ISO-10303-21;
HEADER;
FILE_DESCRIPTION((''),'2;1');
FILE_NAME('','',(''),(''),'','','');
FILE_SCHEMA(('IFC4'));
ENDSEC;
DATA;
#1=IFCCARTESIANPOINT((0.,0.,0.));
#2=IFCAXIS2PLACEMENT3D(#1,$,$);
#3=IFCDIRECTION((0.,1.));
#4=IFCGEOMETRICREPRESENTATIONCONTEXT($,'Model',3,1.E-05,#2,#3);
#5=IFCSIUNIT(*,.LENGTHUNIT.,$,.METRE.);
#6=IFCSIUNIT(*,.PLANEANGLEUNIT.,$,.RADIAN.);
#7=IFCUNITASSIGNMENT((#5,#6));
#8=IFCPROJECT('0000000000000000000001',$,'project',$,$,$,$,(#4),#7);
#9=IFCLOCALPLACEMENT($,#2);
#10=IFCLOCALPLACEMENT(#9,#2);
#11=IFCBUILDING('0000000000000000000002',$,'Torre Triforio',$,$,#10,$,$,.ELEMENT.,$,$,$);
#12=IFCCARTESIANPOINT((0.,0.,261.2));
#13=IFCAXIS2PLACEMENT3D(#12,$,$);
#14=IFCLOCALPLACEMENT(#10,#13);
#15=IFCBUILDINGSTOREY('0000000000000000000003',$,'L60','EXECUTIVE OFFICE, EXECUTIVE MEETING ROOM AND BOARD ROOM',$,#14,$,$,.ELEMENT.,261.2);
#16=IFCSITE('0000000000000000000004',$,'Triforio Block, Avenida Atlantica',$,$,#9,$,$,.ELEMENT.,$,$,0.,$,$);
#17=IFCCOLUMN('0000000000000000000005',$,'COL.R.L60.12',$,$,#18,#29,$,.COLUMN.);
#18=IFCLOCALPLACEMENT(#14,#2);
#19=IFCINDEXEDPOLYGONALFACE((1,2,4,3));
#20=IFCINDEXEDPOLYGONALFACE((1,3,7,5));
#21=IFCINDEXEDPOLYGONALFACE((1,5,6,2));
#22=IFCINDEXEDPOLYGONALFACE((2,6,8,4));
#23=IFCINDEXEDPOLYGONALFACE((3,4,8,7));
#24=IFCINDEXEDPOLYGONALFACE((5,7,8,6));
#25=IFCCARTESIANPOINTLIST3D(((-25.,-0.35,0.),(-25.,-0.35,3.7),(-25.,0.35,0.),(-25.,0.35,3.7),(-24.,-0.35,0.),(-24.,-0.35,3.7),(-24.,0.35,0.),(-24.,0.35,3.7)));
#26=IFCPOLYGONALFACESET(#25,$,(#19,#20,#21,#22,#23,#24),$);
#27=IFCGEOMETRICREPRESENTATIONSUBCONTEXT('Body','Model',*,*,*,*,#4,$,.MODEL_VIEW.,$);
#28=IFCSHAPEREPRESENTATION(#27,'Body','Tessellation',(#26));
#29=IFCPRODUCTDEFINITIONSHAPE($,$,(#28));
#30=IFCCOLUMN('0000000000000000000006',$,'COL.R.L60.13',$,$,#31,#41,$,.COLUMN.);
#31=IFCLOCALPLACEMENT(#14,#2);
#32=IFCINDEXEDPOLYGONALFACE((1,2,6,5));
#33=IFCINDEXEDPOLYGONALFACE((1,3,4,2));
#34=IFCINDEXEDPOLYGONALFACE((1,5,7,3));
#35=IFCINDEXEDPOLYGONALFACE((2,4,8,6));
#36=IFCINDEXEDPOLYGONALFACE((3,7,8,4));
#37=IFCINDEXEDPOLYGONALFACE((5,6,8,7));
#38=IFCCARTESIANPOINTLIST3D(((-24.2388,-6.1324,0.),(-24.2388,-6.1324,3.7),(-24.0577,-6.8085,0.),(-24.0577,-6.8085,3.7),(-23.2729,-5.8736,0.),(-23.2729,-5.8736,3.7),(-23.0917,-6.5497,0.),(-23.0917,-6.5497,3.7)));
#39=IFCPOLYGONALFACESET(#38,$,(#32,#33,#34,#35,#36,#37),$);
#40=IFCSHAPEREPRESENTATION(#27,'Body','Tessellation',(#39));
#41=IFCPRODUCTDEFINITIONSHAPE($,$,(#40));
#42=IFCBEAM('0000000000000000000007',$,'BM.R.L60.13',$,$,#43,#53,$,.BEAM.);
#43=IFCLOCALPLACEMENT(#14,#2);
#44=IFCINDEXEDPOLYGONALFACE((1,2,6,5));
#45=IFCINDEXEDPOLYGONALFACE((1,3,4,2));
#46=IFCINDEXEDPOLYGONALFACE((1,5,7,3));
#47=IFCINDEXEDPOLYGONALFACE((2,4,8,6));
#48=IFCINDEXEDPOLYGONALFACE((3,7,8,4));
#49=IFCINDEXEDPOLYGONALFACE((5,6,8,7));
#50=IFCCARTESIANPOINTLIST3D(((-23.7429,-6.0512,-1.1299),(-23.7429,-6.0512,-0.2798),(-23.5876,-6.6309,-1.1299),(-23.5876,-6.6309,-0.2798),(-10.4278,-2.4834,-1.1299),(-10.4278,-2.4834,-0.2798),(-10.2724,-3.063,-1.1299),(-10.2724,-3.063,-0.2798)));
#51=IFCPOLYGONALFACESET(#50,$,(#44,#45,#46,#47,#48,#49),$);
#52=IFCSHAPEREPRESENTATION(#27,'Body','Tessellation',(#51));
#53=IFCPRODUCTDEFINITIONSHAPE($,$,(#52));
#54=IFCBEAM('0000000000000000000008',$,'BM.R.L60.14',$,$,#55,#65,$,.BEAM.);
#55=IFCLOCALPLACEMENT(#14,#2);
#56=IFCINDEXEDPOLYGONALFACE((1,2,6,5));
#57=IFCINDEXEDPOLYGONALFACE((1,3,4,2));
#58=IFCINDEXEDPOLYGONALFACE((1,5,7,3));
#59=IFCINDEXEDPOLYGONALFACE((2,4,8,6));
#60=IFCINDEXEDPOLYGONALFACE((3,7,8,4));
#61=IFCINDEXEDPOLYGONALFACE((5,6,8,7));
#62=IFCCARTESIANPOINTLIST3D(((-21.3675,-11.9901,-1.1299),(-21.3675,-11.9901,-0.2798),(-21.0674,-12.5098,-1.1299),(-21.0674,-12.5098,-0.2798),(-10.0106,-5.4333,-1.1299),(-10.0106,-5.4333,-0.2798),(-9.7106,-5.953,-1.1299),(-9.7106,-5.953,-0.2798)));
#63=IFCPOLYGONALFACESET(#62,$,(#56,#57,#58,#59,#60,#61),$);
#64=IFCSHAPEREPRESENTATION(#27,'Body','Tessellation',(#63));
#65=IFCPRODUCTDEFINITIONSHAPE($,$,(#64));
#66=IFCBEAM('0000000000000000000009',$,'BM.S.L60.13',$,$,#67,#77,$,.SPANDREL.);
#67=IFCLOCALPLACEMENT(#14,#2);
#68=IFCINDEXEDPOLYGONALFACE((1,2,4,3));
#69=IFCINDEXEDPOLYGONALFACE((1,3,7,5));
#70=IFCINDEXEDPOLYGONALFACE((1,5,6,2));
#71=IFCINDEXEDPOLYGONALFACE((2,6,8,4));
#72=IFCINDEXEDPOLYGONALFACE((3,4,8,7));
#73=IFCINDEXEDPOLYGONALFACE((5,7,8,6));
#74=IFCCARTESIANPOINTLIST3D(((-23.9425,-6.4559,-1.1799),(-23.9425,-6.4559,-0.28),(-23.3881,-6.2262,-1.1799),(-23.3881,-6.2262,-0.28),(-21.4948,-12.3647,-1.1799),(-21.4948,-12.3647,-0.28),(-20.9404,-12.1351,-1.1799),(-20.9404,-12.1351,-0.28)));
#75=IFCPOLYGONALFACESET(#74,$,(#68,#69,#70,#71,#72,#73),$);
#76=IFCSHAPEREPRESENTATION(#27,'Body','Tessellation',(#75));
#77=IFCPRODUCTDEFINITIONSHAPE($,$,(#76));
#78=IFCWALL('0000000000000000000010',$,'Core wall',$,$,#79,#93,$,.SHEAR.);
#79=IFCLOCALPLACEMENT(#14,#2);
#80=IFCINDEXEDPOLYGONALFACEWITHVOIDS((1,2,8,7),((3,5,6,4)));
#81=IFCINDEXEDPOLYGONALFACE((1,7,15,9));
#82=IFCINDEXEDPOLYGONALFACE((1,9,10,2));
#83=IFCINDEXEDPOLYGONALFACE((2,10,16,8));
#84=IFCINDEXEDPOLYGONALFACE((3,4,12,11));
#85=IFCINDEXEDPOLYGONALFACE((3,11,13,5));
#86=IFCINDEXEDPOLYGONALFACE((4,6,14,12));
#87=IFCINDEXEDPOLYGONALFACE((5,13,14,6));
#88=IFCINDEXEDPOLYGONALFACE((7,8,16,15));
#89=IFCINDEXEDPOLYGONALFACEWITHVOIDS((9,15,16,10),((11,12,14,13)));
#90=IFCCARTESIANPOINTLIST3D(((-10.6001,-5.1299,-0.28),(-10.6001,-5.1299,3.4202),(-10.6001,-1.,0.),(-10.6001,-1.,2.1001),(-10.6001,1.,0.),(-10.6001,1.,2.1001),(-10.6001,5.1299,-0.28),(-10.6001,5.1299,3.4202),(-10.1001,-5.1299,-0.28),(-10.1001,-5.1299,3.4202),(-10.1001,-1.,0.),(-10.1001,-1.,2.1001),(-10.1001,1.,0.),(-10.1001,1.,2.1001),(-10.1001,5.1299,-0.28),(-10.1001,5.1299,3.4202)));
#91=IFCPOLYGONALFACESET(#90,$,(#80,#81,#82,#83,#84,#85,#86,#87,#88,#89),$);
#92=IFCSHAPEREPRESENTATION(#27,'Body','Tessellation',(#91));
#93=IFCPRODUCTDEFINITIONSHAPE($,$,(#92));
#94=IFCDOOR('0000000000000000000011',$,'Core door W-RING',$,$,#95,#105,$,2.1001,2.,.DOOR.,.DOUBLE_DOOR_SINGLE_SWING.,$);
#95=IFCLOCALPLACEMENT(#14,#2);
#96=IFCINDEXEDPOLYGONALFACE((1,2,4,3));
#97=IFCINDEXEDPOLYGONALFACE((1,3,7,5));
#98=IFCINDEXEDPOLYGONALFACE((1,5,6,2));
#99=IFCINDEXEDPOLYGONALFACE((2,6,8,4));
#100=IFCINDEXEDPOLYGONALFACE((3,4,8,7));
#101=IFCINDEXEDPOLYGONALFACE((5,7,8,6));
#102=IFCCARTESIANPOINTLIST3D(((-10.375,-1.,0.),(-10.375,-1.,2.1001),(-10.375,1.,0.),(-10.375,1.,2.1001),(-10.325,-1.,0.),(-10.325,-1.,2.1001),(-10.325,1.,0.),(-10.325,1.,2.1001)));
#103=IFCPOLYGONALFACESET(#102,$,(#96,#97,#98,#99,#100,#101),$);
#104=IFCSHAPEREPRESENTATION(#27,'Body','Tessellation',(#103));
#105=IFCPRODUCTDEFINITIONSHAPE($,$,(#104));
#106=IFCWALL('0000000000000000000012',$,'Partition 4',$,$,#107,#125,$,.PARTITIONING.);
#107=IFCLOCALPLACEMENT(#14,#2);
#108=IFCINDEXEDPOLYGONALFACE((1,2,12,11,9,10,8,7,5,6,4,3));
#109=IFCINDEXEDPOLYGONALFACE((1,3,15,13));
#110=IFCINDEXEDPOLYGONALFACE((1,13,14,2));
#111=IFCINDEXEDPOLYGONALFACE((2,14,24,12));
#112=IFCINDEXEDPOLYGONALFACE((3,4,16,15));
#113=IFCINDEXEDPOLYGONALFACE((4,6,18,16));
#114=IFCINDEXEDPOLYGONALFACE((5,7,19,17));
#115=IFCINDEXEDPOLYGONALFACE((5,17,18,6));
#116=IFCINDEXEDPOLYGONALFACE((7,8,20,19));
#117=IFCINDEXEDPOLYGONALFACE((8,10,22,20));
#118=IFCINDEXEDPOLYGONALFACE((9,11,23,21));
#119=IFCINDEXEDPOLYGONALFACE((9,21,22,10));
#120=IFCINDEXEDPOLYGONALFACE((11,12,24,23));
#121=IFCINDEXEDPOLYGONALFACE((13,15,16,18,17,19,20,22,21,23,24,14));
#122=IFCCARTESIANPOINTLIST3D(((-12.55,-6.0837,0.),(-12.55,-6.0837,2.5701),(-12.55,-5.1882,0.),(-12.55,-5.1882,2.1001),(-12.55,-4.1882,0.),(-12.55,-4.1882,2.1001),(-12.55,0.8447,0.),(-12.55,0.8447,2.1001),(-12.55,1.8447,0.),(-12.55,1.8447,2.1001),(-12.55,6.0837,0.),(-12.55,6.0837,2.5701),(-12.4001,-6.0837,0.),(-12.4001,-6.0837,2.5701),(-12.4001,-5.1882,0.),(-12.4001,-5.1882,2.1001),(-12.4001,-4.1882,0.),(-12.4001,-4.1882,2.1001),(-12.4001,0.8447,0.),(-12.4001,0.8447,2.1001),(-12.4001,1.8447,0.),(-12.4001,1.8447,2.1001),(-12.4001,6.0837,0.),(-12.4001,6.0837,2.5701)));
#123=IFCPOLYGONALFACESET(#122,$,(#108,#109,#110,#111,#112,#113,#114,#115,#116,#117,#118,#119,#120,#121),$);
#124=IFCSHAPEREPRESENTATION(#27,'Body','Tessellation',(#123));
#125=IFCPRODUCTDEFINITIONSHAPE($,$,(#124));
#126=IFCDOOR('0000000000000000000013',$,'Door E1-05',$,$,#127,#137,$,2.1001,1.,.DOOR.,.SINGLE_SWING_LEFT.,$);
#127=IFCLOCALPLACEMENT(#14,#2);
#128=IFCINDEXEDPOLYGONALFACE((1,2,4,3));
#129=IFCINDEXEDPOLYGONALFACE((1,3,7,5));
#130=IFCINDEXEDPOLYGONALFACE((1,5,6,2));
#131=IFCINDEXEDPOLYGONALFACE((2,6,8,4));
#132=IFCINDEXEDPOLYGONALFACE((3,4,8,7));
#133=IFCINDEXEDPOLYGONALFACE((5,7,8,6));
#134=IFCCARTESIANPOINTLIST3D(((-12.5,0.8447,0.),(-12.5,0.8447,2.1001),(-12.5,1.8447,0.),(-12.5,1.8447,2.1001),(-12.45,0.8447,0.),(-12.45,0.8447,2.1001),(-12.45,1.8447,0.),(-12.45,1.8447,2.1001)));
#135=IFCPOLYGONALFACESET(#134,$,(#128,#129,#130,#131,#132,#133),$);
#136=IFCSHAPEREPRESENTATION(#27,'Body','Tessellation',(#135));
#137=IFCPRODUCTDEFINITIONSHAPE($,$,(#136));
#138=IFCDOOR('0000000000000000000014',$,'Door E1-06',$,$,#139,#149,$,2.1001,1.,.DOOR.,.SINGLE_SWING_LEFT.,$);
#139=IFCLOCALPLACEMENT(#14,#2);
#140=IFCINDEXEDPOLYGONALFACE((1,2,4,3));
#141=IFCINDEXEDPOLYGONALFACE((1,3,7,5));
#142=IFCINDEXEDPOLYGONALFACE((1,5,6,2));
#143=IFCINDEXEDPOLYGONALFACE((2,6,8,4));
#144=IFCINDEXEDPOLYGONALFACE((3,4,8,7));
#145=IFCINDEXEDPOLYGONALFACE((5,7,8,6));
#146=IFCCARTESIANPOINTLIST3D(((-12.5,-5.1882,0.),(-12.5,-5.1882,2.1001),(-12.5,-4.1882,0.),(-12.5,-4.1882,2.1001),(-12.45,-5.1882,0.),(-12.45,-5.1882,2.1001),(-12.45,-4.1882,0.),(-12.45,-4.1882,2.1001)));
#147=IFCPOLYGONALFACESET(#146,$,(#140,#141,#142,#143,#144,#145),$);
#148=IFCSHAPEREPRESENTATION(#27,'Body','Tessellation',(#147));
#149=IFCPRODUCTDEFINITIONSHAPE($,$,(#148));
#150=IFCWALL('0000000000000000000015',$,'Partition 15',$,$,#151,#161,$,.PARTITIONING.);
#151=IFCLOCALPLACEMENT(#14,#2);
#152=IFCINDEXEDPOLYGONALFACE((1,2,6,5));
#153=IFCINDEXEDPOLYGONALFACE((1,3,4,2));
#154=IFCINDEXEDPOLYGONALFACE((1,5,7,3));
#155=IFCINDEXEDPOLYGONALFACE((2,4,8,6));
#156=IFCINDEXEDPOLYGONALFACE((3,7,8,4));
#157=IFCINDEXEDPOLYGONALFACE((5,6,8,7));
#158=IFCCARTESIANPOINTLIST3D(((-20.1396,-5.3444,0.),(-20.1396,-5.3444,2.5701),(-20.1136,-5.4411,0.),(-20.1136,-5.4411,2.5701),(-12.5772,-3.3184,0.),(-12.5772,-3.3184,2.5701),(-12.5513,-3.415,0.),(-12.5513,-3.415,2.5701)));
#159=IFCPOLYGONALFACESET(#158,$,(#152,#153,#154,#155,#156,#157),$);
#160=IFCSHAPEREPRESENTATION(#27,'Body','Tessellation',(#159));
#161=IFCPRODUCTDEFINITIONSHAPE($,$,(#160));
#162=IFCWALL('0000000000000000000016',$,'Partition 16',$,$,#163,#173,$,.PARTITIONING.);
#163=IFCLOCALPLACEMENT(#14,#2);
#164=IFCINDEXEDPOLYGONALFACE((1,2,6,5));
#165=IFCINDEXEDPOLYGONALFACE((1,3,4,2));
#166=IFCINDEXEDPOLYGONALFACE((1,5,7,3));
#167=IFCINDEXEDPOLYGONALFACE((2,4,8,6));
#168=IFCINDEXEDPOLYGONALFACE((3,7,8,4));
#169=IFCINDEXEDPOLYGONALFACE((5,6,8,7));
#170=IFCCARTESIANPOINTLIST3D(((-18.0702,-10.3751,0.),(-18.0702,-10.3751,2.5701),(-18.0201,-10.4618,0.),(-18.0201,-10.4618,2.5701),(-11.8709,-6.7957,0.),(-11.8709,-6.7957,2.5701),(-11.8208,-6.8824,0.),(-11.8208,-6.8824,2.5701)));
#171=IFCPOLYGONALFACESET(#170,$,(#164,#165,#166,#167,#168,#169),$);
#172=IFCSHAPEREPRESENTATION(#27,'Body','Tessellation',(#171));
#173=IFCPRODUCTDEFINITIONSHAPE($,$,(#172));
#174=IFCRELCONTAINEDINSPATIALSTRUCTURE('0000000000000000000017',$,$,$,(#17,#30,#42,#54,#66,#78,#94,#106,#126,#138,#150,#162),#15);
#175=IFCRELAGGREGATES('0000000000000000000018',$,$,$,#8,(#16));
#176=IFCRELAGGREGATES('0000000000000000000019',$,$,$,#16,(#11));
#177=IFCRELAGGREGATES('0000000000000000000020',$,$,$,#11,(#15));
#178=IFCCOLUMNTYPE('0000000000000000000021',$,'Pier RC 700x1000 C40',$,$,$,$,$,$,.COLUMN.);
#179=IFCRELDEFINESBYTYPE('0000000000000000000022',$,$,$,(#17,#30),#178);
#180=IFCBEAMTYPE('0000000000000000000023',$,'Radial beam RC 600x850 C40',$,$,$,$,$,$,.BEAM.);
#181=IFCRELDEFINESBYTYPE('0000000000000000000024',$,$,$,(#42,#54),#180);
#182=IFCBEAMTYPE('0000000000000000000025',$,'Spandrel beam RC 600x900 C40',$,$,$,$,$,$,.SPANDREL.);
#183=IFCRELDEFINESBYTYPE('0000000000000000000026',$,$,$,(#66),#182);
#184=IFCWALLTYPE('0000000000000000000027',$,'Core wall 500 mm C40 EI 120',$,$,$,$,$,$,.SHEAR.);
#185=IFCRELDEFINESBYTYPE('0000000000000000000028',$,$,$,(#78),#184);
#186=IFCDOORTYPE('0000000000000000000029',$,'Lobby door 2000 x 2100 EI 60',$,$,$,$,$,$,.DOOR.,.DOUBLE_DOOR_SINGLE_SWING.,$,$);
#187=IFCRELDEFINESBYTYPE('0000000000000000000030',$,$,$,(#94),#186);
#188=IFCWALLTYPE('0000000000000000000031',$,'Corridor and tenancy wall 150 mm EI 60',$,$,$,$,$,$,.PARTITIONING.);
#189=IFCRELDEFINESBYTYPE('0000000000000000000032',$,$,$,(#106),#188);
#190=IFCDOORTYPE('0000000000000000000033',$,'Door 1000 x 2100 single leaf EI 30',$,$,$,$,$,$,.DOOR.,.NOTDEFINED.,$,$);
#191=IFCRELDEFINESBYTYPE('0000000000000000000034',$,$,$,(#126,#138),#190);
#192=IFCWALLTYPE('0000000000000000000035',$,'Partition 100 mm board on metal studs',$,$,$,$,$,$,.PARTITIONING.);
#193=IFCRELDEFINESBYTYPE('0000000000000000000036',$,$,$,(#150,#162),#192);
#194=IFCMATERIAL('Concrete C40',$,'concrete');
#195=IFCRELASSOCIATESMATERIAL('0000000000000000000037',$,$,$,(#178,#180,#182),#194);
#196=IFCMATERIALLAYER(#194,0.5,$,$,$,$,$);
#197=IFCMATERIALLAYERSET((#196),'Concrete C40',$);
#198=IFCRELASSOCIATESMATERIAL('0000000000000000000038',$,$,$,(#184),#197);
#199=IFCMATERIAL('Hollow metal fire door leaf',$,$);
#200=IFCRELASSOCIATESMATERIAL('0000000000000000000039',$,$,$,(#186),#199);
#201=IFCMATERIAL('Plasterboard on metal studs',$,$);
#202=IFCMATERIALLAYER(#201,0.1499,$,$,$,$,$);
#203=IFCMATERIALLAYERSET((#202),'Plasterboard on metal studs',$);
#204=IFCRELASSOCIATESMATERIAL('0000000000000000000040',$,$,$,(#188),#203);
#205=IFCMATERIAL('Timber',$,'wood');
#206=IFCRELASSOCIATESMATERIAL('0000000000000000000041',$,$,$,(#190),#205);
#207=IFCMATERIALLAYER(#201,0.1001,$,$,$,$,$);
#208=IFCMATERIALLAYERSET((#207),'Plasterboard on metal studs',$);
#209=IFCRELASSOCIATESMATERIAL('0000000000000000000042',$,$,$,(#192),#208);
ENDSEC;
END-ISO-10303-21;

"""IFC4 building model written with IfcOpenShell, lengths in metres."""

from ifc_helpers import new_model, si_unit, direction, frame, frame_2d, origin, origin_2d, place, context, subcontext, project, spatial, rectangle, extrude, material, layer, layer_set, material_profile, profile_set, type_object, element, fill, save


model = new_model("IFC4")

# Units and contexts
model_context = context("Model", 3, precision=1e-05, world=origin(), true_north=direction((0.0, 1.0)))
body_context = subcontext(model_context, "Body", "Model", "MODEL_VIEW")
ifc_project = project(units=[si_unit("LENGTHUNIT", "METRE"), si_unit("PLANEANGLEUNIT", "RADIAN")], contexts=[model_context])

# Site, building, storey
site_placement = place(None, origin())
site = spatial("IfcSite", under=ifc_project, at=site_placement, Name="Triforio Block, Avenida Atlantica", CompositionType="ELEMENT", RefElevation=0.0)
building_placement = place(site_placement, origin())
building = spatial("IfcBuilding", under=site, at=building_placement, Name="Torre Triforio", CompositionType="ELEMENT")
storey_placement = place(building_placement, frame((0.0, 0.0, 261.2)))
storey = spatial("IfcBuildingStorey", under=building, at=storey_placement, Name="L60", Description="EXECUTIVE OFFICE, EXECUTIVE MEETING ROOM AND BOARD ROOM", CompositionType="ELEMENT", Elevation=261.2)

# Columns
ifc_material_1 = material(Name="Concrete C40", Category="concrete")
ifc_material_profile_1 = material_profile(ifc_material_1, rectangle(XDim=0.7, YDim=1.0, at=origin_2d()), Name="RC 700x1000")
ifc_profile_set_1 = profile_set([ifc_material_profile_1], Name="Concrete C40")
column_type = type_object("IfcColumnType", Name="Pier RC 700x1000 C40", PredefinedType="COLUMN", material=ifc_profile_set_1)
for number, where, z_axis, x_axis, name in (
    (1, (-24.5, 0.0, 0.0), (0.0, 0.0, 1.0), (0.0, -1.0, 0.0), "COL.R.L60.12"),
    (2, (-23.6653, -6.3411, 0.0), (0.0, 0.0, 1.0), (0.258819, -0.965926, 0.0), "COL.R.L60.13"),
):
    element("IfcColumn", number, at=place(storey_placement, frame(where, z_axis=z_axis, x_axis=x_axis)), inside=storey, type_object=column_type, Name=name, PredefinedType="COLUMN", context=body_context, shape_type="SweptSolid", body=[
        extrude(rectangle(XDim=0.7, YDim=1.0, at=origin_2d()), origin(), (0.0, 0.0, 1.0), 3.7),
    ])

# Beams
ifc_material_profile_2 = material_profile(ifc_material_1, rectangle(XDim=0.6001, YDim=0.8501, at=origin_2d()), Name="RC 600x850")
ifc_profile_set_2 = profile_set([ifc_material_profile_2], Name="Concrete C40")
beam_type_1 = type_object("IfcBeamType", Name="Radial beam RC 600x850 C40", PredefinedType="BEAM", material=ifc_profile_set_2)
beam_1_placement = place(storey_placement, frame((-10.3501, -2.7732, -0.7048), z_axis=(-0.965924, -0.258824, 0.0), x_axis=(0.258824, -0.965924, 0.0)))
element("IfcBeam", 3, at=beam_1_placement, inside=storey, type_object=beam_type_1, Name="BM.R.L60.13", PredefinedType="BEAM", context=body_context, shape_type="SweptSolid", body=[
    extrude(rectangle(XDim=0.6001, YDim=0.8501, at=origin_2d()), origin(), (0.0, 0.0, 1.0), 13.7849),
])
beam_2_placement = place(storey_placement, frame((-9.8606, -5.6931, -0.7048), z_axis=(-0.866027, -0.499997, 0.0), x_axis=(0.499997, -0.866027, 0.0)))
element("IfcBeam", 4, at=beam_2_placement, inside=storey, type_object=beam_type_1, Name="BM.R.L60.14", PredefinedType="BEAM", context=body_context, shape_type="SweptSolid", body=[
    extrude(rectangle(XDim=0.6001, YDim=0.8501, at=origin_2d()), origin(), (0.0, 0.0, 1.0), 13.1138),
])
ifc_material_profile_3 = material_profile(ifc_material_1, rectangle(XDim=0.6001, YDim=0.8999, at=origin_2d()), Name="RC 600x900")
ifc_profile_set_3 = profile_set([ifc_material_profile_3], Name="Concrete C40")
beam_type_2 = type_object("IfcBeamType", Name="Spandrel beam RC 600x900 C40", PredefinedType="SPANDREL", material=ifc_profile_set_3)
beam_3_placement = place(storey_placement, frame((-23.6653, -6.3411, -0.73), z_axis=(0.382709, -0.923869, 0.0), x_axis=(0.923869, 0.382709, 0.0)))
element("IfcBeam", 5, at=beam_3_placement, inside=storey, type_object=beam_type_2, Name="BM.S.L60.13", PredefinedType="SPANDREL", context=body_context, shape_type="SweptSolid", body=[
    extrude(rectangle(XDim=0.6001, YDim=0.8999, at=origin_2d()), origin(), (0.0, 0.0, 1.0), 6.3958),
])

# Wall, opening, door
ifc_layer_1 = layer(ifc_material_1, 0.5)
ifc_layer_set_1 = layer_set([ifc_layer_1], Name="Concrete C40")
wall_type_1 = type_object("IfcWallType", Name="Core wall 500 mm C40 EI 120", PredefinedType="SHEAR", material=ifc_layer_set_1)
wall_1_placement = place(storey_placement, frame((-10.3501, -5.1299, -0.28), z_axis=(0.0, 0.0, 1.0), x_axis=(0.0, 1.0, 0.0)))
wall_1 = element("IfcWall", 6, at=wall_1_placement, inside=storey, type_object=wall_type_1, Name="Core wall", PredefinedType="SHEAR", context=body_context, shape_type="SweptSolid", body=[
    extrude(rectangle(XDim=10.2598, YDim=0.5, at=frame_2d((5.1299, 0.0))), origin(), (0.0, 0.0, 1.0), 3.7002),
])
opening_1_placement = place(wall_1_placement, frame((4.1299, 0.0, 0.28)))
opening_1 = element("IfcOpeningElement", 7, at=opening_1_placement, cuts=wall_1, PredefinedType="OPENING", context=body_context, shape_type="SweptSolid", body=[
    extrude(rectangle(XDim=2.0, YDim=2.1001, at=frame_2d((1.0, 1.05))), frame((0.0, 0.26, 0.0), z_axis=(0.0, -1.0, 0.0), x_axis=(1.0, 0.0, 0.0)), (0.0, 0.0, 1.0), 0.52),
])
ifc_material_2 = material(Name="Hollow metal fire door leaf")
door_type_1 = type_object("IfcDoorType", Name="Lobby door 2000 x 2100 EI 60", OperationType="DOUBLE_DOOR_SINGLE_SWING", PredefinedType="DOOR", material=ifc_material_2)
door_1_placement = place(opening_1_placement, origin())
door_1 = element("IfcDoor", 8, at=door_1_placement, inside=storey, type_object=door_type_1, Name="Core door W-RING", OperationType="DOUBLE_DOOR_SINGLE_SWING", OverallHeight=2.1001, OverallWidth=2.0, PredefinedType="DOOR", context=body_context, shape_type="SweptSolid", body=[
    extrude(rectangle(XDim=2.0, YDim=2.1001, at=frame_2d((1.0, 1.05))), frame((0.0, 0.0249, 0.0), z_axis=(0.0, -1.0, 0.0), x_axis=(1.0, 0.0, 0.0)), (0.0, 0.0, 1.0), 0.05),
])
fill(opening_1, door_1)

# Wall, openings, doors
ifc_material_3 = material(Name="Plasterboard on metal studs")
ifc_layer_2 = layer(ifc_material_3, 0.1499)
ifc_layer_set_2 = layer_set([ifc_layer_2], Name="Plasterboard on metal studs")
wall_type_2 = type_object("IfcWallType", Name="Corridor and tenancy wall 150 mm EI 60", PredefinedType="PARTITIONING", material=ifc_layer_set_2)
wall_2_placement = place(storey_placement, frame((-12.4751, -6.0837, 0.0), z_axis=(0.0, 0.0, 1.0), x_axis=(0.0, 1.0, 0.0)))
wall_2 = element("IfcWall", 9, at=wall_2_placement, inside=storey, type_object=wall_type_2, Name="Partition 4", PredefinedType="PARTITIONING", context=body_context, shape_type="SweptSolid", body=[
    extrude(rectangle(XDim=12.1675, YDim=0.1499, at=frame_2d((6.0837, 0.0))), origin(), (0.0, 0.0, 1.0), 2.5701),
])
opening_2_placement = place(wall_2_placement, frame((6.9285, 0.0, 0.0)))
opening_2 = element("IfcOpeningElement", 10, at=opening_2_placement, cuts=wall_2, PredefinedType="OPENING", context=body_context, shape_type="SweptSolid", body=[
    extrude(rectangle(XDim=1.0, YDim=2.1001, at=frame_2d((0.5, 1.05))), frame((0.0, 0.085, 0.0), z_axis=(0.0, -1.0, 0.0), x_axis=(1.0, 0.0, 0.0)), (0.0, 0.0, 1.0), 0.1699),
])
opening_3_placement = place(wall_2_placement, frame((0.8955, 0.0, 0.0)))
opening_3 = element("IfcOpeningElement", 11, at=opening_3_placement, cuts=wall_2, PredefinedType="OPENING", context=body_context, shape_type="SweptSolid", body=[
    extrude(rectangle(XDim=1.0, YDim=2.1001, at=frame_2d((0.5, 1.05))), frame((0.0, 0.085, 0.0), z_axis=(0.0, -1.0, 0.0), x_axis=(1.0, 0.0, 0.0)), (0.0, 0.0, 1.0), 0.1699),
])
ifc_material_4 = material(Name="Timber", Category="wood")
door_type_2 = type_object("IfcDoorType", Name="Door 1000 x 2100 single leaf EI 30", OperationType="NOTDEFINED", PredefinedType="DOOR", material=ifc_material_4)
door_2_placement = place(opening_2_placement, origin())
door_2 = element("IfcDoor", 12, at=door_2_placement, inside=storey, type_object=door_type_2, Name="Door E1-05", OperationType="SINGLE_SWING_LEFT", OverallHeight=2.1001, OverallWidth=1.0, PredefinedType="DOOR", context=body_context, shape_type="SweptSolid", body=[
    extrude(rectangle(XDim=1.0, YDim=2.1001, at=frame_2d((0.5, 1.05))), frame((0.0, 0.0249, 0.0), z_axis=(0.0, -1.0, 0.0), x_axis=(1.0, 0.0, 0.0)), (0.0, 0.0, 1.0), 0.05),
])
fill(opening_2, door_2)
door_3_placement = place(opening_3_placement, origin())
door_3 = element("IfcDoor", 13, at=door_3_placement, inside=storey, type_object=door_type_2, Name="Door E1-06", OperationType="SINGLE_SWING_LEFT", OverallHeight=2.1001, OverallWidth=1.0, PredefinedType="DOOR", context=body_context, shape_type="SweptSolid", body=[
    extrude(rectangle(XDim=1.0, YDim=2.1001, at=frame_2d((0.5, 1.05))), frame((0.0, 0.0249, 0.0), z_axis=(0.0, -1.0, 0.0), x_axis=(1.0, 0.0, 0.0)), (0.0, 0.0, 1.0), 0.05),
])
fill(opening_3, door_3)

# Walls
ifc_layer_3 = layer(ifc_material_3, 0.1001)
ifc_layer_set_3 = layer_set([ifc_layer_3], Name="Plasterboard on metal studs")
wall_type_3 = type_object("IfcWallType", Name="Partition 100 mm board on metal studs", PredefinedType="PARTITIONING", material=ifc_layer_set_3)
wall_3_placement = place(storey_placement, frame((-12.5642, -3.3667, 0.0), z_axis=(0.0, 0.0, 1.0), x_axis=(-0.965934, -0.25879, 0.0)))
element("IfcWall", 14, at=wall_3_placement, inside=storey, type_object=wall_type_3, Name="Partition 15", PredefinedType="PARTITIONING", context=body_context, shape_type="SweptSolid", body=[
    extrude(rectangle(XDim=7.8291, YDim=0.1001, at=frame_2d((3.9146, 0.0))), origin(), (0.0, 0.0, 1.0), 2.5701),
])
wall_4_placement = place(storey_placement, frame((-11.8459, -6.8391, 0.0), z_axis=(0.0, 0.0, 1.0), x_axis=(-0.866012, -0.500024, 0.0)))
element("IfcWall", 15, at=wall_4_placement, inside=storey, type_object=wall_type_3, Name="Partition 16", PredefinedType="PARTITIONING", context=body_context, shape_type="SweptSolid", body=[
    extrude(rectangle(XDim=7.1584, YDim=0.1001, at=frame_2d((3.5791, 0.0))), origin(), (0.0, 0.0, 1.0), 2.5701),
])

save(model, "model.ifc")
